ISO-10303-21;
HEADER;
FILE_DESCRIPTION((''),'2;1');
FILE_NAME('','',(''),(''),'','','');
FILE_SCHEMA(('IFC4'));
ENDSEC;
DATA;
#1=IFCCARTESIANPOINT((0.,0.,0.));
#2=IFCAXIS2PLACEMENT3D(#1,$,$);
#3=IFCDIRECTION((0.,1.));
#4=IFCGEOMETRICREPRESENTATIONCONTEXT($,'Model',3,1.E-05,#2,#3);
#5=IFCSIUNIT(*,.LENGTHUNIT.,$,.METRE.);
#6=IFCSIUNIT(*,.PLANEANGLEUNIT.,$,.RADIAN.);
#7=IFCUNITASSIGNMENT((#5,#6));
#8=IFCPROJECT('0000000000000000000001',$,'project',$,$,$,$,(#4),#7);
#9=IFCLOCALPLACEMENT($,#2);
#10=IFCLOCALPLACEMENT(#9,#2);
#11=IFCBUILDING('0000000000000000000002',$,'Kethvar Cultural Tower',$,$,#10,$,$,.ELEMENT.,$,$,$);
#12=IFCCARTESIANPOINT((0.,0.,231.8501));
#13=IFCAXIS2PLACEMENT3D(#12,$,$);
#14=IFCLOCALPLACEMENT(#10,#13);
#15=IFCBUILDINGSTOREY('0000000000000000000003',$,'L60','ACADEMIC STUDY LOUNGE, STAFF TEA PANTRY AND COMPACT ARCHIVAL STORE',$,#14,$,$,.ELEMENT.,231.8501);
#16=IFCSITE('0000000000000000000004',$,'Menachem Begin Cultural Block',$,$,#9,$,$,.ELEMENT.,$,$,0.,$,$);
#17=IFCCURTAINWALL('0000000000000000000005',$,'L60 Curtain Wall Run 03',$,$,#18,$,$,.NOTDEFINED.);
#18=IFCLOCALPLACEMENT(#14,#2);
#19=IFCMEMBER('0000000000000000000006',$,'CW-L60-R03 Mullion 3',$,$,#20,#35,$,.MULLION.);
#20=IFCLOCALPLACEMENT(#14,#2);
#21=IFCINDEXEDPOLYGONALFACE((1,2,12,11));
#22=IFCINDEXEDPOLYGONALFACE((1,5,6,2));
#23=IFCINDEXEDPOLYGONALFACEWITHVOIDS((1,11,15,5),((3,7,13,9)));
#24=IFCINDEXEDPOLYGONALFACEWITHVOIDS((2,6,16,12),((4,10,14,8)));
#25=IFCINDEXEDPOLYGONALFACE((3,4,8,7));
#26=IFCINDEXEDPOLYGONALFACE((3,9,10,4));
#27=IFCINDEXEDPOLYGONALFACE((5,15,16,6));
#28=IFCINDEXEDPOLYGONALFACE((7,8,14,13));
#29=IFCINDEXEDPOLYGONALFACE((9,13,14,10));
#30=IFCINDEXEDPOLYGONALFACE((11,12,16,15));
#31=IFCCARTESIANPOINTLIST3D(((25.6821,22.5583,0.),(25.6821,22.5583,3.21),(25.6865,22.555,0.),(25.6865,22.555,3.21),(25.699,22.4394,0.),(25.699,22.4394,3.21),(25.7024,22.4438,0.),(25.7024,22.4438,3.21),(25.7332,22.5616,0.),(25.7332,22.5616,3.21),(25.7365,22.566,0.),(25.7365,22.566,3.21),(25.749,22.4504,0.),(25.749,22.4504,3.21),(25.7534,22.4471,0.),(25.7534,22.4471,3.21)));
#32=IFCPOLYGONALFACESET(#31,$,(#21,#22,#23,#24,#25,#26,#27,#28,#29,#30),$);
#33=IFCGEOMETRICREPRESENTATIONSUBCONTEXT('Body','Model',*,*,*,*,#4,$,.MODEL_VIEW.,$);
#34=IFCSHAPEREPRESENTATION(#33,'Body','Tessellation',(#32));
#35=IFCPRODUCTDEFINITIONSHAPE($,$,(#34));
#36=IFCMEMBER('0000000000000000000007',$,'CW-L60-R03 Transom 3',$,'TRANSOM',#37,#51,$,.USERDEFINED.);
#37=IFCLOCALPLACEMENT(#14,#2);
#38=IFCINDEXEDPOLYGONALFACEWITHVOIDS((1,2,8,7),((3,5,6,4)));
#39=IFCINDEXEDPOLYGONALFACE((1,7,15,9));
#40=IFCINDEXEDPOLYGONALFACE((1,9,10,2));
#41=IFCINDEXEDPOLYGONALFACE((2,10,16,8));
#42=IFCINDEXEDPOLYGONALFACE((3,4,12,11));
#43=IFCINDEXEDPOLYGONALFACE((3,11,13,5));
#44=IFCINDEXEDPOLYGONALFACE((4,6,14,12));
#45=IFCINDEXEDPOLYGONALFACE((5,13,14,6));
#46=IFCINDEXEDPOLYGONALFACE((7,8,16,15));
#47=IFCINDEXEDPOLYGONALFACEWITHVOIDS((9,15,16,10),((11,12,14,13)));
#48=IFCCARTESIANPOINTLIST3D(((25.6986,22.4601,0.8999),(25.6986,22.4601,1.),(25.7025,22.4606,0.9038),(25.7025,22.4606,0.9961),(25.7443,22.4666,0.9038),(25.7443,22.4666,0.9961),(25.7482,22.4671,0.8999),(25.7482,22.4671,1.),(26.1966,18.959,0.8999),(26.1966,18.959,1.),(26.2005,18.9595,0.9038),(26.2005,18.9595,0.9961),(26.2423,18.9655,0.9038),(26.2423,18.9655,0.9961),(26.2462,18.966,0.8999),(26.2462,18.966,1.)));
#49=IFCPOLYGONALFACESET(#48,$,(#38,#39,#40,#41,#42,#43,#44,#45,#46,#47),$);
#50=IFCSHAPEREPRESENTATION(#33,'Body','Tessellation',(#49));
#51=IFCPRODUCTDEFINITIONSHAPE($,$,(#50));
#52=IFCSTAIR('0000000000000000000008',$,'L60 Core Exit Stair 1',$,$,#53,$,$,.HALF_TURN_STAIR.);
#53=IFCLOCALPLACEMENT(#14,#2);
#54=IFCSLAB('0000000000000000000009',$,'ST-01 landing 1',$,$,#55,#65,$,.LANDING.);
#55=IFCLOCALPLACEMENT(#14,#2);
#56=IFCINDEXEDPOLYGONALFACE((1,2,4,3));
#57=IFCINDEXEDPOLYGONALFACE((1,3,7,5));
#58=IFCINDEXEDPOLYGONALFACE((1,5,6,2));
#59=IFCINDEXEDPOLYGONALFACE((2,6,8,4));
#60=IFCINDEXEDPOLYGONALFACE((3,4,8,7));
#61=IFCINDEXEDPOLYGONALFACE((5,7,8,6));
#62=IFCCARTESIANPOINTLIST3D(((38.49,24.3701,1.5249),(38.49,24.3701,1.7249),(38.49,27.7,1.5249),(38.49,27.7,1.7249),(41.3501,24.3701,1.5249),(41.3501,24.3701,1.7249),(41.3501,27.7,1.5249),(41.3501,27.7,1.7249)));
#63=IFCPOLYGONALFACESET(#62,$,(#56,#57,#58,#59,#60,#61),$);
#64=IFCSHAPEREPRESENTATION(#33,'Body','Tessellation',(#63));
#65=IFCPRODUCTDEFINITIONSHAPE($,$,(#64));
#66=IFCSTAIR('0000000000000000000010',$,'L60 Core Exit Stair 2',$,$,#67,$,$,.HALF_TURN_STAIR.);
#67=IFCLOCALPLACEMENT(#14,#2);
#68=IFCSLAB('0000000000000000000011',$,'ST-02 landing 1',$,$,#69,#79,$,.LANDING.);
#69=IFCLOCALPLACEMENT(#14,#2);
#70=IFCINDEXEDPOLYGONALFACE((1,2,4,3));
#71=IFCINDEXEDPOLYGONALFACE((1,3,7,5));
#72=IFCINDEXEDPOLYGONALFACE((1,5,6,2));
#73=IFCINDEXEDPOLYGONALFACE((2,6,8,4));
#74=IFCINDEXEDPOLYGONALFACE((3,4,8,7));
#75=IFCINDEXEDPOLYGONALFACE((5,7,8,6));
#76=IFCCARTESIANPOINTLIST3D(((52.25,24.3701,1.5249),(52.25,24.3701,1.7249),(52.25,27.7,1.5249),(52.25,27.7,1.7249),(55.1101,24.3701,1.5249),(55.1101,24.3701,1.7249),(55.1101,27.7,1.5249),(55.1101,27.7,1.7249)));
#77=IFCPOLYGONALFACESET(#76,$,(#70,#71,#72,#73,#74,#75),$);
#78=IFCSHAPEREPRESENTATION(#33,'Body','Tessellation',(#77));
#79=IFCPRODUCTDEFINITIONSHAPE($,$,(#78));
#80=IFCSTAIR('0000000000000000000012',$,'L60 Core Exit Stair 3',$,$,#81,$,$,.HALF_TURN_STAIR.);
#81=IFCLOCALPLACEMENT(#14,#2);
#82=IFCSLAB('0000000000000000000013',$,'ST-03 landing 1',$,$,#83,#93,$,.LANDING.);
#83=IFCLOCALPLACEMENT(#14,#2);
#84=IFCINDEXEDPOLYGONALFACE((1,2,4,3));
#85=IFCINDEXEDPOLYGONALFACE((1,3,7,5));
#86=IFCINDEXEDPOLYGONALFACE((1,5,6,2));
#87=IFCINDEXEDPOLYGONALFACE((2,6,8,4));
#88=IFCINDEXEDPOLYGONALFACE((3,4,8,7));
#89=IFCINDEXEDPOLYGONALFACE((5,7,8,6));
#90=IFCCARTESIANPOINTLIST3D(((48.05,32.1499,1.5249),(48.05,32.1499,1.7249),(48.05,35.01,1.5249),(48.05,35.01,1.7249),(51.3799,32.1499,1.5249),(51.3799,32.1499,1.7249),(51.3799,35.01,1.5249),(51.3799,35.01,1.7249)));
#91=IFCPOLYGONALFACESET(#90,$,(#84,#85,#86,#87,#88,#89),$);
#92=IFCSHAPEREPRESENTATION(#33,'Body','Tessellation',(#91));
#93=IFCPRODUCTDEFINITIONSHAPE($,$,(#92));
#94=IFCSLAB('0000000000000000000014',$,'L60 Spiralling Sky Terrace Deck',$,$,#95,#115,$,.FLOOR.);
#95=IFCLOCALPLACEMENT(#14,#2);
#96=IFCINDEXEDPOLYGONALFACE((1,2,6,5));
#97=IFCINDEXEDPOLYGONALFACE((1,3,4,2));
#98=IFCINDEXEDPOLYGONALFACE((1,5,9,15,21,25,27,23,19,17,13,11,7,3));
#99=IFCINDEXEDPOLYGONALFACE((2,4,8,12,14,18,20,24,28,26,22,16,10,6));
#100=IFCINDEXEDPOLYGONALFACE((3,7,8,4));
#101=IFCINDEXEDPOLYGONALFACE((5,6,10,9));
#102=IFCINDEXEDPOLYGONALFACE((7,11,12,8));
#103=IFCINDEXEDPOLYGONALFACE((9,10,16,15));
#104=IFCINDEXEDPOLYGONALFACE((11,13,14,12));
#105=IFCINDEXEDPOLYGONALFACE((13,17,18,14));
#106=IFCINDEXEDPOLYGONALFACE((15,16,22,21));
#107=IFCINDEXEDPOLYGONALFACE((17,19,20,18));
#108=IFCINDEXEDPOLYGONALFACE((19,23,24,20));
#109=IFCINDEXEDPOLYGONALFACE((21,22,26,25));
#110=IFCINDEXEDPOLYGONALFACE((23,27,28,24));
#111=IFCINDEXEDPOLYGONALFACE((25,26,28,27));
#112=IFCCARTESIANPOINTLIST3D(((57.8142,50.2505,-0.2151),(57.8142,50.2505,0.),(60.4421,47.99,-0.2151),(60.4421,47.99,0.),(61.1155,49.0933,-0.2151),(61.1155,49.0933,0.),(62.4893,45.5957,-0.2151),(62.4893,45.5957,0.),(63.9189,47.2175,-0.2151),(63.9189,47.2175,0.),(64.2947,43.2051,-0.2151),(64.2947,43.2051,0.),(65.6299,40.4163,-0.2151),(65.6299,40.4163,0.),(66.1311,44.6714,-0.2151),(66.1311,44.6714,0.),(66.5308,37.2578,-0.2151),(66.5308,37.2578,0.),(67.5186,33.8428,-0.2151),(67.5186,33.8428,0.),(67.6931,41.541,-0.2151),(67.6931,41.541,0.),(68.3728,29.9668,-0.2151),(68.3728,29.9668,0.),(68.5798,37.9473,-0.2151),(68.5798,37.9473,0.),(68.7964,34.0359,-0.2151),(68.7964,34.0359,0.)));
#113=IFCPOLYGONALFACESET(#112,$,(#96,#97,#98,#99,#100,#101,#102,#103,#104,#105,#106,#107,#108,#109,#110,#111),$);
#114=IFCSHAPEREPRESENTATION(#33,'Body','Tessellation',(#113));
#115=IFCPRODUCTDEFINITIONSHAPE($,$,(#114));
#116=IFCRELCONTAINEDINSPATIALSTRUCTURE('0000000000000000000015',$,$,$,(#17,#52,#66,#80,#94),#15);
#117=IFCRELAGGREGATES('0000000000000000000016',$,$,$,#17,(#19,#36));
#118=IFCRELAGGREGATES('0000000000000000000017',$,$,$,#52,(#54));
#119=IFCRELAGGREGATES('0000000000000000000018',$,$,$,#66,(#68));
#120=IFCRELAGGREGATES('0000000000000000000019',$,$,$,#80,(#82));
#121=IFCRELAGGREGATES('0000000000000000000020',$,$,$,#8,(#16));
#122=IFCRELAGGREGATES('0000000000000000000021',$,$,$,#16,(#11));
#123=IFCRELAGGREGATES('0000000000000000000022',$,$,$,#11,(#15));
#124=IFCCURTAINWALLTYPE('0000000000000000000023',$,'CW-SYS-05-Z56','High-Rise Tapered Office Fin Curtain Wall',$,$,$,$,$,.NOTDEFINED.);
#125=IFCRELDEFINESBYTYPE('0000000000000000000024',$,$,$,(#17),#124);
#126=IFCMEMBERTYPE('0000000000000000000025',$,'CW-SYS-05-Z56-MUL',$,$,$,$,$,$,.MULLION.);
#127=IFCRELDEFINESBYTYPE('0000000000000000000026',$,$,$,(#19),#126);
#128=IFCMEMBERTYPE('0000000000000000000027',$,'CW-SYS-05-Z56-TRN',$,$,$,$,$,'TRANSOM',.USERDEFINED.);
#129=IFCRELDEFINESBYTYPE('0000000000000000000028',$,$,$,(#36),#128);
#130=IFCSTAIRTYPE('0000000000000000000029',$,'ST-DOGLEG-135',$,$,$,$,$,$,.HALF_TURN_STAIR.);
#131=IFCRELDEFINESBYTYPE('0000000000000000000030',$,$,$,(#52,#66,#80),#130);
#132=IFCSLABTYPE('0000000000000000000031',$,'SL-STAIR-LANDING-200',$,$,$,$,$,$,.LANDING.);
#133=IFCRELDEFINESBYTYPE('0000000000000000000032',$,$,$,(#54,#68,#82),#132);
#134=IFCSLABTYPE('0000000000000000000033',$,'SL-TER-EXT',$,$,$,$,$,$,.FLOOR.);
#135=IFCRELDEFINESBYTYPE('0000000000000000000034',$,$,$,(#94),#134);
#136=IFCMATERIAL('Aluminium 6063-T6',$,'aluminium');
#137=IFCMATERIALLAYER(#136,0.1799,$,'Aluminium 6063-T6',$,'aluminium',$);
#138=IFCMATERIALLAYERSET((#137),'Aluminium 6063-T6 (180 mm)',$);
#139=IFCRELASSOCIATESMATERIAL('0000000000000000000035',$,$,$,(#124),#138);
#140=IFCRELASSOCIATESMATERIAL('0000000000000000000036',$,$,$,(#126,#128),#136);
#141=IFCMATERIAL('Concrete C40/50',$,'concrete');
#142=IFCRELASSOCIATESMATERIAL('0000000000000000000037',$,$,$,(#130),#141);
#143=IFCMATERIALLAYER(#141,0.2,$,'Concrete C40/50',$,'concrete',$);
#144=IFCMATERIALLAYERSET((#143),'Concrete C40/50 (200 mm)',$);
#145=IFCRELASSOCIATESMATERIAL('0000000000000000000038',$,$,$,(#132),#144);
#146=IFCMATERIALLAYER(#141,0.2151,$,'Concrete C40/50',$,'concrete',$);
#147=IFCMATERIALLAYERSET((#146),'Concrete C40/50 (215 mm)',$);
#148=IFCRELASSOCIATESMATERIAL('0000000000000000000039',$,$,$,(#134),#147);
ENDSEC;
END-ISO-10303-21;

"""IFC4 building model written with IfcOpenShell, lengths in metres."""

from ifc_helpers import new_model, si_unit, direction, frame, origin, origin_2d, place, context, subcontext, project, spatial, polyline, hollow_rectangle, outline, extrude, source, transform, mapped, material, layer, layer_set, material_profile, profile_set, type_object, element, aggregate, save


model = new_model("IFC4")

# Units and contexts
model_context = context("Model", 3, precision=1e-05, world=origin(), true_north=direction((0.0, 1.0)))
body_context = subcontext(model_context, "Body", "Model", "MODEL_VIEW")
ifc_project = project(units=[si_unit("LENGTHUNIT", "METRE"), si_unit("PLANEANGLEUNIT", "RADIAN")], contexts=[model_context])

# Site, building, storey
site_placement = place(None, origin())
site = spatial("IfcSite", under=ifc_project, at=site_placement, Name="Menachem Begin Cultural Block", CompositionType="ELEMENT", RefElevation=0.0)
building_placement = place(site_placement, origin())
building = spatial("IfcBuilding", under=site, at=building_placement, Name="Kethvar Cultural Tower", CompositionType="ELEMENT")
storey_placement = place(building_placement, frame((0.0, 0.0, 231.8501)))
storey = spatial("IfcBuildingStorey", under=building, at=storey_placement, Name="L60", Description="ACADEMIC STUDY LOUNGE, STAFF TEA PANTRY AND COMPACT ARCHIVAL STORE", CompositionType="ELEMENT", Elevation=231.8501)

# Curtain wall, members
ifc_material_1 = material(Name="Aluminium 6063-T6", Category="aluminium")
ifc_layer_1 = layer(ifc_material_1, 0.1799, Name="Aluminium 6063-T6", Category="aluminium")
ifc_layer_set_1 = layer_set([ifc_layer_1], Name="Aluminium 6063-T6 (180 mm)")
curtain_wall_type = type_object("IfcCurtainWallType", Name="CW-SYS-05-Z56", Description="High-Rise Tapered Office Fin Curtain Wall", PredefinedType="NOTDEFINED", material=ifc_layer_set_1)
curtain_wall_placement = place(storey_placement, origin())
curtain_wall = element("IfcCurtainWall", 1, at=curtain_wall_placement, inside=storey, type_object=curtain_wall_type, Name="L60 Curtain Wall Run 03", PredefinedType="NOTDEFINED")
ifc_material_profile_1 = material_profile(ifc_material_1, hollow_rectangle(XDim=0.0549, YDim=0.1201, WallThickness=0.0039, at=origin_2d()), Name="Aluminium 6063-T6 — RHS120x55x4")
ifc_profile_set_1 = profile_set([ifc_material_profile_1], Name="Aluminium 6063-T6 — RHS120x55x4")
member_type_1 = type_object("IfcMemberType", Name="CW-SYS-05-Z56-MUL", PredefinedType="MULLION", material=ifc_profile_set_1)
shared_shape_1 = source(origin(), body_context, "Body", "SweptSolid", [
    extrude(hollow_rectangle(XDim=0.0549, YDim=0.1201, WallThickness=0.0039, at=origin_2d()), origin(), (0.0, 0.0, 1.0), 3.21),
])
member_1_placement = place(storey_placement, frame((25.7178, 22.5027, 0.0), z_axis=(0.0, 0.0, 1.0), x_axis=(0.990029, 0.140867, 0.0)))
member_1 = element("IfcMember", 2, at=member_1_placement, type_object=member_type_1, Name="CW-L60-R03 Mullion 3", PredefinedType="MULLION", context=body_context, shape_type="MappedRepresentation", body=[
    mapped(shared_shape_1, transform((0.0, 0.0, 0.0), scale=1.0)),
])
ifc_material_profile_2 = material_profile(ifc_material_1, hollow_rectangle(XDim=0.05, YDim=0.1001, WallThickness=0.0039, at=origin_2d()), Name="Aluminium 6063-T6 — RHS100x50x4")
ifc_profile_set_2 = profile_set([ifc_material_profile_2], Name="Aluminium 6063-T6 — RHS100x50x4")
member_type_2 = type_object("IfcMemberType", Name="CW-SYS-05-Z56-TRN", ElementType="TRANSOM", PredefinedType="USERDEFINED", material=ifc_profile_set_2)
shared_shape_2 = source(origin(), body_context, "Body", "SweptSolid", [
    extrude(hollow_rectangle(XDim=0.05, YDim=0.1001, WallThickness=0.0039, at=origin_2d()), origin(), (0.0, 0.0, 1.0), 3.5364),
])
member_2_placement = place(storey_placement, frame((25.7234, 22.4636, 0.95), z_axis=(0.140832, -0.990034, 0.0), x_axis=(0.990034, 0.140832, 0.0)))
member_2 = element("IfcMember", 3, at=member_2_placement, type_object=member_type_2, Name="CW-L60-R03 Transom 3", ObjectType="TRANSOM", PredefinedType="USERDEFINED", context=body_context, shape_type="MappedRepresentation", body=[
    mapped(shared_shape_2, transform((0.0, 0.0, 0.0), scale=1.0)),
])
aggregate(curtain_wall, [member_1, member_2])

# Stairs, slabs
ifc_material_2 = material(Name="Concrete C40/50", Category="concrete")
stair_type = type_object("IfcStairType", Name="ST-DOGLEG-135", PredefinedType="HALF_TURN_STAIR", material=ifc_material_2)
stair_1_placement = place(storey_placement, origin())
stair_1 = element("IfcStair", 4, at=stair_1_placement, inside=storey, type_object=stair_type, Name="L60 Core Exit Stair 1", PredefinedType="HALF_TURN_STAIR")
ifc_layer_2 = layer(ifc_material_2, 0.2, Name="Concrete C40/50", Category="concrete")
ifc_layer_set_2 = layer_set([ifc_layer_2], Name="Concrete C40/50 (200 mm)")
slab_type_1 = type_object("IfcSlabType", Name="SL-STAIR-LANDING-200", PredefinedType="LANDING", material=ifc_layer_set_2)
slab_1_placement = place(storey_placement, frame((0.0, 0.0, 1.5249)))
slab_1 = element("IfcSlab", 5, at=slab_1_placement, type_object=slab_type_1, Name="ST-01 landing 1", PredefinedType="LANDING", context=body_context, shape_type="SweptSolid", body=[
    extrude(outline(polyline([(41.3501, 24.3701), (41.3501, 27.7), (38.49, 27.7), (38.49, 24.3701), (41.3501, 24.3701)])), origin(), (0.0, 0.0, 1.0), 0.2),
])
aggregate(stair_1, [slab_1])
stair_2_placement = place(storey_placement, origin())
stair_2 = element("IfcStair", 6, at=stair_2_placement, inside=storey, type_object=stair_type, Name="L60 Core Exit Stair 2", PredefinedType="HALF_TURN_STAIR")
slab_2_placement = place(storey_placement, frame((0.0, 0.0, 1.5249)))
slab_2 = element("IfcSlab", 7, at=slab_2_placement, type_object=slab_type_1, Name="ST-02 landing 1", PredefinedType="LANDING", context=body_context, shape_type="SweptSolid", body=[
    extrude(outline(polyline([(55.1101, 24.3701), (55.1101, 27.7), (52.25, 27.7), (52.25, 24.3701), (55.1101, 24.3701)])), origin(), (0.0, 0.0, 1.0), 0.2),
])
aggregate(stair_2, [slab_2])
stair_3_placement = place(storey_placement, origin())
stair_3 = element("IfcStair", 8, at=stair_3_placement, inside=storey, type_object=stair_type, Name="L60 Core Exit Stair 3", PredefinedType="HALF_TURN_STAIR")
slab_3_placement = place(storey_placement, frame((0.0, 0.0, 1.5249)))
slab_3 = element("IfcSlab", 9, at=slab_3_placement, type_object=slab_type_1, Name="ST-03 landing 1", PredefinedType="LANDING", context=body_context, shape_type="SweptSolid", body=[
    extrude(outline(polyline([(51.3799, 35.01), (48.05, 35.01), (48.05, 32.1499), (51.3799, 32.1499), (51.3799, 35.01)])), origin(), (0.0, 0.0, 1.0), 0.2),
])
aggregate(stair_3, [slab_3])

# Slab
ifc_layer_3 = layer(ifc_material_2, 0.2151, Name="Concrete C40/50", Category="concrete")
ifc_layer_set_3 = layer_set([ifc_layer_3], Name="Concrete C40/50 (215 mm)")
slab_type_2 = type_object("IfcSlabType", Name="SL-TER-EXT", PredefinedType="FLOOR", material=ifc_layer_set_3)
slab_4_placement = place(storey_placement, frame((0.0, 0.0, -0.2151)))
element("IfcSlab", 10, at=slab_4_placement, inside=storey, type_object=slab_type_2, Name="L60 Spiralling Sky Terrace Deck", PredefinedType="FLOOR", context=body_context, shape_type="SweptSolid", body=[
    extrude(outline(polyline([(68.3728, 29.9668), (68.7964, 34.0359), (68.5798, 37.9473), (67.6931, 41.541), (66.1311, 44.6714), (63.9189, 47.2175), (61.1155, 49.0933), (57.8142, 50.2505), (60.4421, 47.99), (62.4893, 45.5957), (64.2947, 43.2051), (65.6299, 40.4163), (66.5308, 37.2578), (67.5186, 33.8428), (68.3728, 29.9668)])), origin(), (0.0, 0.0, 1.0), 0.2151),
])

save(model, "model.ifc")
